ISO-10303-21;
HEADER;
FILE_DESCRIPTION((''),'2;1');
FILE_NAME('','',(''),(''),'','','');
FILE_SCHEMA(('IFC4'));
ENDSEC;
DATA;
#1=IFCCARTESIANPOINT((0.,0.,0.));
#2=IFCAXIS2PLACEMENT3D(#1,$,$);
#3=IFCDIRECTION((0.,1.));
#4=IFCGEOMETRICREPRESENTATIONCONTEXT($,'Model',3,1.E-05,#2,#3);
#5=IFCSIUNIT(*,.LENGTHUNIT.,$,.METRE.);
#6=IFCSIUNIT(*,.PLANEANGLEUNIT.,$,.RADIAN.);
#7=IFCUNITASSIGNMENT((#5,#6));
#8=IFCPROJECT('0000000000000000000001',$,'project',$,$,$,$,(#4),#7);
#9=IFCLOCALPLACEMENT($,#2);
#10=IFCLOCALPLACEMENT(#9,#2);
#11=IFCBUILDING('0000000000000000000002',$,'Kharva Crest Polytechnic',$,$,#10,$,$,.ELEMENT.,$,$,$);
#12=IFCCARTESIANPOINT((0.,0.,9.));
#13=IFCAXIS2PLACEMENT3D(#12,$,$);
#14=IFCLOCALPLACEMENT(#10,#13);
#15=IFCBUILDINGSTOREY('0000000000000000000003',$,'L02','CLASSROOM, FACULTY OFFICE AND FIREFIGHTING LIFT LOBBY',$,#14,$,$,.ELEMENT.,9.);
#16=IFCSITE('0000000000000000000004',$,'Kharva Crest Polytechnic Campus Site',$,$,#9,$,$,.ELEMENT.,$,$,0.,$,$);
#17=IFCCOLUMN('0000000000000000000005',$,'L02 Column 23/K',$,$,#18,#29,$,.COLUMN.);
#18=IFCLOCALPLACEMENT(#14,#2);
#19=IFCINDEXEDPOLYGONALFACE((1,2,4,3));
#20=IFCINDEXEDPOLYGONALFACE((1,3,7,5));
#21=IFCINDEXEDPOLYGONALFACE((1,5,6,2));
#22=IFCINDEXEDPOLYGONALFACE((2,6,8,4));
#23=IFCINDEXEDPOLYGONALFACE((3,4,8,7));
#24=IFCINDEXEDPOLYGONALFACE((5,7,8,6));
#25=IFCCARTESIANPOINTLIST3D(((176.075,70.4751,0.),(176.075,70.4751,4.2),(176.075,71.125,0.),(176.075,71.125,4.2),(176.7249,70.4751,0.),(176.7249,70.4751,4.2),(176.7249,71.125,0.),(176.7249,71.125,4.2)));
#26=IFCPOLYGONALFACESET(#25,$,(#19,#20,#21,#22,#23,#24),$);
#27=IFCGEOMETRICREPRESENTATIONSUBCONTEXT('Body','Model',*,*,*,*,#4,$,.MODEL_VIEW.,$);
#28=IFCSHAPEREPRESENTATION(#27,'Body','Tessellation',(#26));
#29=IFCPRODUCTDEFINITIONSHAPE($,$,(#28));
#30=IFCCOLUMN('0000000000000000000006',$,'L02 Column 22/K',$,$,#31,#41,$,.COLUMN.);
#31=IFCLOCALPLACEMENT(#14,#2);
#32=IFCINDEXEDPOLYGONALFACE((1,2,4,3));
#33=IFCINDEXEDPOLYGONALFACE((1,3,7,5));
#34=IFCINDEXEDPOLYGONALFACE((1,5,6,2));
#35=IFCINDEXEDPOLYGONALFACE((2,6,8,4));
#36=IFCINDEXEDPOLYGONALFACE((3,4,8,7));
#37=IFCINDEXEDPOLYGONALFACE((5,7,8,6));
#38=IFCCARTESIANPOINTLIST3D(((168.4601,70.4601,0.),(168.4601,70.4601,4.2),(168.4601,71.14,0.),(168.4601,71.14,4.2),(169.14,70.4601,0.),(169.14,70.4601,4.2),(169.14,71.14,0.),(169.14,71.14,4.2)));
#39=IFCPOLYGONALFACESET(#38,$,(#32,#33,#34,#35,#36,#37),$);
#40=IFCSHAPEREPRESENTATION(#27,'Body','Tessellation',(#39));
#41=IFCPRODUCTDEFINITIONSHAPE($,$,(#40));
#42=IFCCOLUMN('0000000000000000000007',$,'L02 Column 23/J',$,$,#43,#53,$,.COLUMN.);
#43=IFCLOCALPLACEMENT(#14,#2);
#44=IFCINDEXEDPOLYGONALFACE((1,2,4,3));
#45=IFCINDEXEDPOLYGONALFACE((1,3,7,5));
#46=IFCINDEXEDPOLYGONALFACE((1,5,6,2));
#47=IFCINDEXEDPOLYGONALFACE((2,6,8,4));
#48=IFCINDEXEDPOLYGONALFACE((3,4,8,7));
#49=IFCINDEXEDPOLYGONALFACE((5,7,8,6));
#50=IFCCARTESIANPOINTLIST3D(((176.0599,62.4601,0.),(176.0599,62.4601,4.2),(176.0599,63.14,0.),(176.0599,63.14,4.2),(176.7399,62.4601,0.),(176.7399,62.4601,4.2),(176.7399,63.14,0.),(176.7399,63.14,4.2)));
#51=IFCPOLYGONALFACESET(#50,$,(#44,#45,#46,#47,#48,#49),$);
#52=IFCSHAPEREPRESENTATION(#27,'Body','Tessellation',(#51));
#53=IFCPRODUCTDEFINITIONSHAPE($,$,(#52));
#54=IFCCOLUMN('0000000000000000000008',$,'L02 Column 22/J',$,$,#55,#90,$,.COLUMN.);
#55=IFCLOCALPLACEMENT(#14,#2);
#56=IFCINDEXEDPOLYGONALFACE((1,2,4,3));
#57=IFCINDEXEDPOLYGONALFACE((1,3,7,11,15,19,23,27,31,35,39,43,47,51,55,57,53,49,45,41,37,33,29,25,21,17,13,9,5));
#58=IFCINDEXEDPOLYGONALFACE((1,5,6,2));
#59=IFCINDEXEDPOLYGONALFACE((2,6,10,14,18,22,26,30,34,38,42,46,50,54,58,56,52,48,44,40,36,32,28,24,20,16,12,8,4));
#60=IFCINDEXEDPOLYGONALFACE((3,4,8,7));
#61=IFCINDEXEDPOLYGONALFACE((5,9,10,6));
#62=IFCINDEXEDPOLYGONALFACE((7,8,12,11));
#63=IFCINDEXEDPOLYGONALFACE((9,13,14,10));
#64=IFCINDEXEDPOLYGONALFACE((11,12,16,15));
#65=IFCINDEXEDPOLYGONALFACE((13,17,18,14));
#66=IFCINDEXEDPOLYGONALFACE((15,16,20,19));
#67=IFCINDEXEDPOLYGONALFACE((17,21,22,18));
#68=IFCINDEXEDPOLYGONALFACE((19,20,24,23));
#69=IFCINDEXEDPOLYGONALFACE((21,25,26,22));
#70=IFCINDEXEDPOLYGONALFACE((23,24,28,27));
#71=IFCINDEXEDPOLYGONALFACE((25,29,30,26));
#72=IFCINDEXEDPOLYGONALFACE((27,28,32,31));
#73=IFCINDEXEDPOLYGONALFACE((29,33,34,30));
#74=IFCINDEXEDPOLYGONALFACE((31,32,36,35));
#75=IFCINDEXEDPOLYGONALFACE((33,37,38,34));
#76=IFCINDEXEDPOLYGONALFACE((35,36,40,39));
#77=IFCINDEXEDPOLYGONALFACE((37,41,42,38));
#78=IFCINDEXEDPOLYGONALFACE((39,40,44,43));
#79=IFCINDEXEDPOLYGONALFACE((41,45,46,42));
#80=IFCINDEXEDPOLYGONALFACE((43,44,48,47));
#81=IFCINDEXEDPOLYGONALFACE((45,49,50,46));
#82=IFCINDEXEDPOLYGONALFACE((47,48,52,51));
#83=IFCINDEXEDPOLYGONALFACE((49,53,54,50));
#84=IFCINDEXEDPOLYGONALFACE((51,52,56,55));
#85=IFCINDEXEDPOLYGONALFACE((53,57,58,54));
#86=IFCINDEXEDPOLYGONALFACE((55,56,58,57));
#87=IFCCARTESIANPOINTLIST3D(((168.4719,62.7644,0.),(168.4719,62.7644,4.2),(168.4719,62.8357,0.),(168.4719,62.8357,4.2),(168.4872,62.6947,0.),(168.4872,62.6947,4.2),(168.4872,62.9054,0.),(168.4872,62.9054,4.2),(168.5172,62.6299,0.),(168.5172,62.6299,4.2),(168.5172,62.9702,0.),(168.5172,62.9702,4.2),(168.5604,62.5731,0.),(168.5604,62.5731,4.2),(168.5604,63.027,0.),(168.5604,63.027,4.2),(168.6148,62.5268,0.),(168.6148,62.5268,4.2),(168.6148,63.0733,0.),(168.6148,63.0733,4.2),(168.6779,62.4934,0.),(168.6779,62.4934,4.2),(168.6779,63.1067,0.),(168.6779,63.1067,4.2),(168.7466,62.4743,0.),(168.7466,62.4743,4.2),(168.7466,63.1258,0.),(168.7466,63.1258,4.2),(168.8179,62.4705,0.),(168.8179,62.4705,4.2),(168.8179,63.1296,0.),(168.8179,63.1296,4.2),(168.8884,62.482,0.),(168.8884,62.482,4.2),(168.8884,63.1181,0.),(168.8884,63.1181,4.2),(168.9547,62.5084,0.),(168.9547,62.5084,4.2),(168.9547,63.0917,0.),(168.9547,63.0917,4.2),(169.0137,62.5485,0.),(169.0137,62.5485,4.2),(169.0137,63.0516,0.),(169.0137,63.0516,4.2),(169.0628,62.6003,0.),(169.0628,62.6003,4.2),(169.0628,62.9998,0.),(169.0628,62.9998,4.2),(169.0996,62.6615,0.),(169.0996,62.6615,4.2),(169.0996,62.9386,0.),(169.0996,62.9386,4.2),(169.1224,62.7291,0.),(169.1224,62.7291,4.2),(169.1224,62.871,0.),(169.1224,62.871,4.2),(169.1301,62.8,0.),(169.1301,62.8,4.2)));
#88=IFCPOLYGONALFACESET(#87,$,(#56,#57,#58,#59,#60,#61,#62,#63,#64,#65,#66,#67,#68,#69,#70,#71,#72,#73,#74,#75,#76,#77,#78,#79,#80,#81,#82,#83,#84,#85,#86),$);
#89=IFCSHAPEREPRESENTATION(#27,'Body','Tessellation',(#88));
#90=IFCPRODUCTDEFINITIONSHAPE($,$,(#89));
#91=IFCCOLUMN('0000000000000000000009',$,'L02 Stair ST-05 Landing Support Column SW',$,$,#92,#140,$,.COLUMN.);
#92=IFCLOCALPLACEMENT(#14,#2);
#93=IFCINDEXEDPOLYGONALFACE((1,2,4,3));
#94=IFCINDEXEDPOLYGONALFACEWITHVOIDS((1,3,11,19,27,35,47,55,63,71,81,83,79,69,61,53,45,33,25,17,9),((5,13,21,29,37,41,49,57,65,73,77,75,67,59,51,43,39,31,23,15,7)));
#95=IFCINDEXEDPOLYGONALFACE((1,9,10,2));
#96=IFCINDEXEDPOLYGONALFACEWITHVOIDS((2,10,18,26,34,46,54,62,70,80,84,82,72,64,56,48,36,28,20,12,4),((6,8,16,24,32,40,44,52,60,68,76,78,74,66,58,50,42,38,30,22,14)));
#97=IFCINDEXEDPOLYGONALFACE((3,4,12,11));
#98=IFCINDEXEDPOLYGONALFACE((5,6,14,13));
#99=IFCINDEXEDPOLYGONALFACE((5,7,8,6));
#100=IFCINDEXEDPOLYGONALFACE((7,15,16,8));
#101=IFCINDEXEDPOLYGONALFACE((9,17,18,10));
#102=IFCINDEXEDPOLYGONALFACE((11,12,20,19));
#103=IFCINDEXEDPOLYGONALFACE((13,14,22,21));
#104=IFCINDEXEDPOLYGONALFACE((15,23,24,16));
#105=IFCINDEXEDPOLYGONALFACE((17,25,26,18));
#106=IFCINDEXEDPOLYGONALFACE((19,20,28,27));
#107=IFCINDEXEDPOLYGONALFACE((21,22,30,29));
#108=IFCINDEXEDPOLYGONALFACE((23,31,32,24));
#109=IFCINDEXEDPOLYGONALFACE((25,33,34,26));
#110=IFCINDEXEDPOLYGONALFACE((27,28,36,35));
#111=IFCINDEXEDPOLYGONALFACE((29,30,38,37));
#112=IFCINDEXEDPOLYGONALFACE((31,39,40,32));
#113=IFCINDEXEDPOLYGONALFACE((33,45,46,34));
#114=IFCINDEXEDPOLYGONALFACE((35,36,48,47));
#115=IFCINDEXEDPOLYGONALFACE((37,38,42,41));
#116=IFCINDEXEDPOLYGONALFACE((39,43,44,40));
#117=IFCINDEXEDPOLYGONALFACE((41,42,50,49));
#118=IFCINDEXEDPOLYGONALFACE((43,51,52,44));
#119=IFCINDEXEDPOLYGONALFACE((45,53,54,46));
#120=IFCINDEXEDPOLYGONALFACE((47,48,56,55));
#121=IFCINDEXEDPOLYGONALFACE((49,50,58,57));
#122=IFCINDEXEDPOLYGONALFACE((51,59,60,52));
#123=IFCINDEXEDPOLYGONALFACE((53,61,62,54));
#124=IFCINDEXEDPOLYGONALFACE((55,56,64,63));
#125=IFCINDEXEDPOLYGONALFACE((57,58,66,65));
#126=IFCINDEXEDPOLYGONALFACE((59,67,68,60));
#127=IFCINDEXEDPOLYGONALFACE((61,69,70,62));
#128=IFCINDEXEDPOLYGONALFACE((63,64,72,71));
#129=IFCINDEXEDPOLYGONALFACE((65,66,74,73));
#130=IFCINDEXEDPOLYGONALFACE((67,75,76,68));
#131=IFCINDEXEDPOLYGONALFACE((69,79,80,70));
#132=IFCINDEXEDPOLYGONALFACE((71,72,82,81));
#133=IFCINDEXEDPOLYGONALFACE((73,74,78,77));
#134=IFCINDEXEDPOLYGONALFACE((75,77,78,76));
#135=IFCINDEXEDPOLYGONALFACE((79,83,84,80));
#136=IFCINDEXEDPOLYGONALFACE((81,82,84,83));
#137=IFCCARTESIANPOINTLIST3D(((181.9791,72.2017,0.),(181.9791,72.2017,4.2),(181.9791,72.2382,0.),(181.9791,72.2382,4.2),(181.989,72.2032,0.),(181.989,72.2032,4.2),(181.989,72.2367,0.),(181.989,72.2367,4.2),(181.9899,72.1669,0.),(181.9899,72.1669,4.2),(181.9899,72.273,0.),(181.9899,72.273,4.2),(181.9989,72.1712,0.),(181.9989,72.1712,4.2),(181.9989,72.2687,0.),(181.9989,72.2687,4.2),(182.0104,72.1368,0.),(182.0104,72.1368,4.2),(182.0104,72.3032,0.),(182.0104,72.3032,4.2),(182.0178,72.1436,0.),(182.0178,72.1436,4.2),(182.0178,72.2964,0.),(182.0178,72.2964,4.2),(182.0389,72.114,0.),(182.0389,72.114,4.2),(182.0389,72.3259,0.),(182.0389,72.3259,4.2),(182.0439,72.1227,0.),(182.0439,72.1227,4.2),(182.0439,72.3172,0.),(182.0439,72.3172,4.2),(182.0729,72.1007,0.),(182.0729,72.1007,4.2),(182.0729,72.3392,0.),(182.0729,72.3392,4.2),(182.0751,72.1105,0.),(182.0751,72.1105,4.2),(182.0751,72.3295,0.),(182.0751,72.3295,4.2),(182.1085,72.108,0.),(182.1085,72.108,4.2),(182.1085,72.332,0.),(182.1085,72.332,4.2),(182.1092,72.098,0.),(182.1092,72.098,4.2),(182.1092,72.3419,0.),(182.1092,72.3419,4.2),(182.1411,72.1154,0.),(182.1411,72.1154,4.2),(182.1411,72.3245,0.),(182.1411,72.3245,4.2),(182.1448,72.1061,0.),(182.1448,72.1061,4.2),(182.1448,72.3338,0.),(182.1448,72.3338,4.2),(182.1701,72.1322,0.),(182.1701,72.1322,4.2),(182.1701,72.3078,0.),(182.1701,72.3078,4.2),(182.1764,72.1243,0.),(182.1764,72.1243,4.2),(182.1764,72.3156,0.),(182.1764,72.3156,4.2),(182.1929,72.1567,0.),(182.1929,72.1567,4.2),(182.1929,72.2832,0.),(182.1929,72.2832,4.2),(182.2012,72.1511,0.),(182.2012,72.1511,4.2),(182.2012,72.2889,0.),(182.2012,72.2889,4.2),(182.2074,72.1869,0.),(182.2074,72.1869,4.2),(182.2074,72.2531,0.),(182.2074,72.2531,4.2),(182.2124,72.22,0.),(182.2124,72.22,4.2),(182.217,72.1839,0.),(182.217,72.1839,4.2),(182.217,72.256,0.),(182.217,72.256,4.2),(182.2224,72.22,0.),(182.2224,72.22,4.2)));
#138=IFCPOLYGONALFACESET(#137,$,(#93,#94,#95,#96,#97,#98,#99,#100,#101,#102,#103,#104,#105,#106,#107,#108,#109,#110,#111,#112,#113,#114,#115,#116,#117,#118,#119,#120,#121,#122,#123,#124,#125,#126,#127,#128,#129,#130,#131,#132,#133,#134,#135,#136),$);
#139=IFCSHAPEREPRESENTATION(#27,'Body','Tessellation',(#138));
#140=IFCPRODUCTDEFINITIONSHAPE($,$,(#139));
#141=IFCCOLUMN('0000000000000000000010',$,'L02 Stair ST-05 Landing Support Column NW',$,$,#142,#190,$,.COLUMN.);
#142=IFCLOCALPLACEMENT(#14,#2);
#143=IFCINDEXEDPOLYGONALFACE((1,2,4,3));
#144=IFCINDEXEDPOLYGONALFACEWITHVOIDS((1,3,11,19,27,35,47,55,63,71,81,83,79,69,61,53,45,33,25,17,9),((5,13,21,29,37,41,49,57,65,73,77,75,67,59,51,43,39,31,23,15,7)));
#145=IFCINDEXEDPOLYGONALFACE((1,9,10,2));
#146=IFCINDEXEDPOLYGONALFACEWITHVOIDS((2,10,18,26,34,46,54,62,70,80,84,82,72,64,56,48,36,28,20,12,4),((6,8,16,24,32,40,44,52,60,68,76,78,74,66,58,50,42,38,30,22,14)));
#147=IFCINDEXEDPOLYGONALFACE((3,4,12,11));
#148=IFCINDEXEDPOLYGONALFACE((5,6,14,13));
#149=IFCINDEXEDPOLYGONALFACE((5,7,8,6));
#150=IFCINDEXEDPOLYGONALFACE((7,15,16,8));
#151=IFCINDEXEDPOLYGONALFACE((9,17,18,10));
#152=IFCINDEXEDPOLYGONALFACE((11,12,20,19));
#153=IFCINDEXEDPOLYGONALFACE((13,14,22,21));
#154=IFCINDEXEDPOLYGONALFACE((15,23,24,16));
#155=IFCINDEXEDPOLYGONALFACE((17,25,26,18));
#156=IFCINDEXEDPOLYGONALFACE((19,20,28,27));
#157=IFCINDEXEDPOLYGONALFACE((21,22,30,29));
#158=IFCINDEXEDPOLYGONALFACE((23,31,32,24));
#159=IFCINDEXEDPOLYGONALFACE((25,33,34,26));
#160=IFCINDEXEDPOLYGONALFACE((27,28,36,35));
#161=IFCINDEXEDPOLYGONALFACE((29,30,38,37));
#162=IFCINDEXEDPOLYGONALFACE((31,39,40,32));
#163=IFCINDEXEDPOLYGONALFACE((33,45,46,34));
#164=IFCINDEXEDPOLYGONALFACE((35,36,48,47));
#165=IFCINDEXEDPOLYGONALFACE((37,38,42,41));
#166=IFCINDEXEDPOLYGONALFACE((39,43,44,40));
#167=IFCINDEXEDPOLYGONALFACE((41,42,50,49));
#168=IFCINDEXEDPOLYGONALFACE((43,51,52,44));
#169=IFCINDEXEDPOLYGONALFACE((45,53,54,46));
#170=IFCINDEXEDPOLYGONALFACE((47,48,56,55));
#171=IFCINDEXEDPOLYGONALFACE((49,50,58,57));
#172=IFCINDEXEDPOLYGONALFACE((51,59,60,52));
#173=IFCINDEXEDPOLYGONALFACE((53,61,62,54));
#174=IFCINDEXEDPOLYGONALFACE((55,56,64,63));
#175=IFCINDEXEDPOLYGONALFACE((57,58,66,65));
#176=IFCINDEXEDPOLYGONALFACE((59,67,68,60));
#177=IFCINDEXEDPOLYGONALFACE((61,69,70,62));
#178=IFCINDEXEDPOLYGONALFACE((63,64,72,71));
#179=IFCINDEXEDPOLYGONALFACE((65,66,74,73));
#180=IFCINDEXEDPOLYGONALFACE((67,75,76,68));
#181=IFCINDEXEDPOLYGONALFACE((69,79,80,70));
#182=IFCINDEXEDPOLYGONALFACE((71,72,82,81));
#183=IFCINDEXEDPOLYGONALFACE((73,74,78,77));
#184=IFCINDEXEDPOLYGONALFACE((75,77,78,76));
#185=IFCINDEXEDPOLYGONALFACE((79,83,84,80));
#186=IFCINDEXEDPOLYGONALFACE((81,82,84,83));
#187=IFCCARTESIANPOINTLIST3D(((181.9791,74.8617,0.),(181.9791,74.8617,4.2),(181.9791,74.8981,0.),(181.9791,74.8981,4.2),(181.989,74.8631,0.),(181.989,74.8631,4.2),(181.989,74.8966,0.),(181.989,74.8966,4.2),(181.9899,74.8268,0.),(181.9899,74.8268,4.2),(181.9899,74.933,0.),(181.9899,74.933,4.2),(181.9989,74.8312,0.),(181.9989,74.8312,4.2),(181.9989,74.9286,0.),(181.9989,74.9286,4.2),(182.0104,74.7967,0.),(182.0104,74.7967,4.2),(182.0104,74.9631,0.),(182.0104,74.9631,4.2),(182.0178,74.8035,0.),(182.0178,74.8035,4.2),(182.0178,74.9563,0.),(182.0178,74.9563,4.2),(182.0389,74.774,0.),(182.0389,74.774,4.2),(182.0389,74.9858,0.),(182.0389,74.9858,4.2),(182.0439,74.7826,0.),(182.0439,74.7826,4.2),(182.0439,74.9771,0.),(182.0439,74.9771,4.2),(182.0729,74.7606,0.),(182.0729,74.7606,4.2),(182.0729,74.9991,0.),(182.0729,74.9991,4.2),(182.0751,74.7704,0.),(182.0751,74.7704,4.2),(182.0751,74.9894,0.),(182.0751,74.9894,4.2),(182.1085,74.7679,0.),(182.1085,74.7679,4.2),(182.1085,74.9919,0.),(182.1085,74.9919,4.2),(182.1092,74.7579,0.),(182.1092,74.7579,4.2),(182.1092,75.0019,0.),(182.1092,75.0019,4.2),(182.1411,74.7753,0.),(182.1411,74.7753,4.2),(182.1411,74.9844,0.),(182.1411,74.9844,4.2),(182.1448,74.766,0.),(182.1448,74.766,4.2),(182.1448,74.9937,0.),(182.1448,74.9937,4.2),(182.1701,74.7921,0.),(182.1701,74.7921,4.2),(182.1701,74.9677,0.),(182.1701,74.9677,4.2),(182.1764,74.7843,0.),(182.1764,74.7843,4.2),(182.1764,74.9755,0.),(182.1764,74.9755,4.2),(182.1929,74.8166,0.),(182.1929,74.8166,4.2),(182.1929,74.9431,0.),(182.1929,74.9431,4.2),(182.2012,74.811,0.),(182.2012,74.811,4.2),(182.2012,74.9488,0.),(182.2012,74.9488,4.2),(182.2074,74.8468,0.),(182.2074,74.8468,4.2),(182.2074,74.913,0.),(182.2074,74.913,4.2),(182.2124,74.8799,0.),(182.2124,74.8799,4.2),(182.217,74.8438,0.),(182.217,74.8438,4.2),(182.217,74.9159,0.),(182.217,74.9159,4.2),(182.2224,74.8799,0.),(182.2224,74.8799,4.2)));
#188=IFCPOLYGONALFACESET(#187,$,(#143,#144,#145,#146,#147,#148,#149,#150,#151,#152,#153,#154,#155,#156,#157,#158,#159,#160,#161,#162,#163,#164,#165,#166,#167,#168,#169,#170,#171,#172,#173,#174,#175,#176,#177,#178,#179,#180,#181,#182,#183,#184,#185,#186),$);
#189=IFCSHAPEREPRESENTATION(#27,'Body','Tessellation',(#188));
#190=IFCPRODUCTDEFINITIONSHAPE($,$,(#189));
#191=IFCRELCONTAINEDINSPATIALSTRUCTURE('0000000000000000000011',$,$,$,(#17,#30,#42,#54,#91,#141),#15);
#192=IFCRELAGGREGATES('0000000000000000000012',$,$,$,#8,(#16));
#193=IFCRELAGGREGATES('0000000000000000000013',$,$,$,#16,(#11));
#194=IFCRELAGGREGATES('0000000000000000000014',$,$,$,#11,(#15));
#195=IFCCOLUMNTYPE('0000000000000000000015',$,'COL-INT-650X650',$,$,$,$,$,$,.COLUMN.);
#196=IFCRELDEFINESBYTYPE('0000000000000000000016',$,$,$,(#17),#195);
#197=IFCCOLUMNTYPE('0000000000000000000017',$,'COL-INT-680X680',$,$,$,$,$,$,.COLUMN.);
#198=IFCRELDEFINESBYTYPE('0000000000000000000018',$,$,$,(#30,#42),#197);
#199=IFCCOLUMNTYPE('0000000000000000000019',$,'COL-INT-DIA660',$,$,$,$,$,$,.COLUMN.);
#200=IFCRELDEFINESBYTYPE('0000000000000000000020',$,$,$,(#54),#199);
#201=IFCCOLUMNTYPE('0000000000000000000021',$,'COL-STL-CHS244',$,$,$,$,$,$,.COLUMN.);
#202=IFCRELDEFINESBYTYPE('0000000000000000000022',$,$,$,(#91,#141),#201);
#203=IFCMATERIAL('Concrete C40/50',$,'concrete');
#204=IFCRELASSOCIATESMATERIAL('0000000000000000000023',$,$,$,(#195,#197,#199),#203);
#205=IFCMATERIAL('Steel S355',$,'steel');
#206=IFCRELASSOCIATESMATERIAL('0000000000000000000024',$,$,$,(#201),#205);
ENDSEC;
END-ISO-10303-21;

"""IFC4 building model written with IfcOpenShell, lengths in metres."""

from ifc_helpers import new_model, si_unit, direction, frame, origin, origin_2d, place, context, subcontext, project, spatial, rectangle, circle, hollow_circle, extrude, material, material_profile, profile_set, type_object, element, save


model = new_model("IFC4")

# Units and contexts
model_context = context("Model", 3, precision=1e-05, world=origin(), true_north=direction((0.0, 1.0)))
body_context = subcontext(model_context, "Body", "Model", "MODEL_VIEW")
ifc_project = project(units=[si_unit("LENGTHUNIT", "METRE"), si_unit("PLANEANGLEUNIT", "RADIAN")], contexts=[model_context])

# Site, building, storey
site_placement = place(None, origin())
site = spatial("IfcSite", under=ifc_project, at=site_placement, Name="Kharva Crest Polytechnic Campus Site", CompositionType="ELEMENT", RefElevation=0.0)
building_placement = place(site_placement, origin())
building = spatial("IfcBuilding", under=site, at=building_placement, Name="Kharva Crest Polytechnic", CompositionType="ELEMENT")
storey_placement = place(building_placement, frame((0.0, 0.0, 9.0)))
storey = spatial("IfcBuildingStorey", under=building, at=storey_placement, Name="L02", Description="CLASSROOM, FACULTY OFFICE AND FIREFIGHTING LIFT LOBBY", CompositionType="ELEMENT", Elevation=9.0)

# Columns
ifc_material_1 = material(Name="Concrete C40/50", Category="concrete")
ifc_material_profile_1 = material_profile(ifc_material_1, rectangle(XDim=0.6499, YDim=0.6499, at=origin_2d()), Name="RECT 650 X 650")
ifc_profile_set_1 = profile_set([ifc_material_profile_1], Name="Concrete C40/50")
column_type_1 = type_object("IfcColumnType", Name="COL-INT-650X650", PredefinedType="COLUMN", material=ifc_profile_set_1)
column_1_placement = place(storey_placement, frame((176.3999, 70.8, 0.0), z_axis=(0.0, 0.0, 1.0), x_axis=(1.0, 0.0, 0.0)))
element("IfcColumn", 1, at=column_1_placement, inside=storey, type_object=column_type_1, Name="L02 Column 23/K", PredefinedType="COLUMN", context=body_context, shape_type="SweptSolid", body=[
    extrude(rectangle(XDim=0.6499, YDim=0.6499, at=origin_2d()), origin(), (0.0, 0.0, 1.0), 4.2),
])
ifc_material_profile_2 = material_profile(ifc_material_1, rectangle(XDim=0.6799, YDim=0.6799, at=origin_2d()), Name="RECT 680 X 680")
ifc_profile_set_2 = profile_set([ifc_material_profile_2], Name="Concrete C40/50")
column_type_2 = type_object("IfcColumnType", Name="COL-INT-680X680", PredefinedType="COLUMN", material=ifc_profile_set_2)
for number, where, z_axis, x_axis, name in (
    (2, (168.8, 70.8, 0.0), (0.0, 0.0, 1.0), (1.0, 0.0, 0.0), "L02 Column 22/K"),
    (3, (176.3999, 62.8, 0.0), (0.0, 0.0, 1.0), (1.0, 0.0, 0.0), "L02 Column 23/J"),
):
    element("IfcColumn", number, at=place(storey_placement, frame(where, z_axis=z_axis, x_axis=x_axis)), inside=storey, type_object=column_type_2, Name=name, PredefinedType="COLUMN", context=body_context, shape_type="SweptSolid", body=[
        extrude(rectangle(XDim=0.6799, YDim=0.6799, at=origin_2d()), origin(), (0.0, 0.0, 1.0), 4.2),
    ])
ifc_material_profile_3 = material_profile(ifc_material_1, circle(Radius=0.3301, at=origin_2d()), Name="DIA 660")
ifc_profile_set_3 = profile_set([ifc_material_profile_3], Name="Concrete C40/50")
column_type_3 = type_object("IfcColumnType", Name="COL-INT-DIA660", PredefinedType="COLUMN", material=ifc_profile_set_3)
column_2_placement = place(storey_placement, frame((168.8, 62.8, 0.0), z_axis=(0.0, 0.0, 1.0), x_axis=(1.0, 0.0, 0.0)))
element("IfcColumn", 4, at=column_2_placement, inside=storey, type_object=column_type_3, Name="L02 Column 22/J", PredefinedType="COLUMN", context=body_context, shape_type="SweptSolid", body=[
    extrude(circle(Radius=0.3301, at=origin_2d()), origin(), (0.0, 0.0, 1.0), 4.2),
])
ifc_material_2 = material(Name="Steel S355", Category="steel")
ifc_material_profile_4 = material_profile(ifc_material_2, hollow_circle(Radius=0.1223, WallThickness=0.01, at=origin_2d()), Name="CHS 244.5X10.0")
ifc_profile_set_4 = profile_set([ifc_material_profile_4], Name="Steel S355")
column_type_4 = type_object("IfcColumnType", Name="COL-STL-CHS244", PredefinedType="COLUMN", material=ifc_profile_set_4)
for number, where, z_axis, x_axis, name in (
    (5, (182.1001, 72.22, 0.0), (0.0, 0.0, 1.0), (1.0, 0.0, 0.0), "L02 Stair ST-05 Landing Support Column SW"),
    (6, (182.1001, 74.8799, 0.0), (0.0, 0.0, 1.0), (1.0, 0.0, 0.0), "L02 Stair ST-05 Landing Support Column NW"),
):
    element("IfcColumn", number, at=place(storey_placement, frame(where, z_axis=z_axis, x_axis=x_axis)), inside=storey, type_object=column_type_4, Name=name, PredefinedType="COLUMN", context=body_context, shape_type="SweptSolid", body=[
        extrude(hollow_circle(Radius=0.1223, WallThickness=0.01, at=origin_2d()), origin(), (0.0, 0.0, 1.0), 4.2),
    ])

save(model, "model.ifc")
